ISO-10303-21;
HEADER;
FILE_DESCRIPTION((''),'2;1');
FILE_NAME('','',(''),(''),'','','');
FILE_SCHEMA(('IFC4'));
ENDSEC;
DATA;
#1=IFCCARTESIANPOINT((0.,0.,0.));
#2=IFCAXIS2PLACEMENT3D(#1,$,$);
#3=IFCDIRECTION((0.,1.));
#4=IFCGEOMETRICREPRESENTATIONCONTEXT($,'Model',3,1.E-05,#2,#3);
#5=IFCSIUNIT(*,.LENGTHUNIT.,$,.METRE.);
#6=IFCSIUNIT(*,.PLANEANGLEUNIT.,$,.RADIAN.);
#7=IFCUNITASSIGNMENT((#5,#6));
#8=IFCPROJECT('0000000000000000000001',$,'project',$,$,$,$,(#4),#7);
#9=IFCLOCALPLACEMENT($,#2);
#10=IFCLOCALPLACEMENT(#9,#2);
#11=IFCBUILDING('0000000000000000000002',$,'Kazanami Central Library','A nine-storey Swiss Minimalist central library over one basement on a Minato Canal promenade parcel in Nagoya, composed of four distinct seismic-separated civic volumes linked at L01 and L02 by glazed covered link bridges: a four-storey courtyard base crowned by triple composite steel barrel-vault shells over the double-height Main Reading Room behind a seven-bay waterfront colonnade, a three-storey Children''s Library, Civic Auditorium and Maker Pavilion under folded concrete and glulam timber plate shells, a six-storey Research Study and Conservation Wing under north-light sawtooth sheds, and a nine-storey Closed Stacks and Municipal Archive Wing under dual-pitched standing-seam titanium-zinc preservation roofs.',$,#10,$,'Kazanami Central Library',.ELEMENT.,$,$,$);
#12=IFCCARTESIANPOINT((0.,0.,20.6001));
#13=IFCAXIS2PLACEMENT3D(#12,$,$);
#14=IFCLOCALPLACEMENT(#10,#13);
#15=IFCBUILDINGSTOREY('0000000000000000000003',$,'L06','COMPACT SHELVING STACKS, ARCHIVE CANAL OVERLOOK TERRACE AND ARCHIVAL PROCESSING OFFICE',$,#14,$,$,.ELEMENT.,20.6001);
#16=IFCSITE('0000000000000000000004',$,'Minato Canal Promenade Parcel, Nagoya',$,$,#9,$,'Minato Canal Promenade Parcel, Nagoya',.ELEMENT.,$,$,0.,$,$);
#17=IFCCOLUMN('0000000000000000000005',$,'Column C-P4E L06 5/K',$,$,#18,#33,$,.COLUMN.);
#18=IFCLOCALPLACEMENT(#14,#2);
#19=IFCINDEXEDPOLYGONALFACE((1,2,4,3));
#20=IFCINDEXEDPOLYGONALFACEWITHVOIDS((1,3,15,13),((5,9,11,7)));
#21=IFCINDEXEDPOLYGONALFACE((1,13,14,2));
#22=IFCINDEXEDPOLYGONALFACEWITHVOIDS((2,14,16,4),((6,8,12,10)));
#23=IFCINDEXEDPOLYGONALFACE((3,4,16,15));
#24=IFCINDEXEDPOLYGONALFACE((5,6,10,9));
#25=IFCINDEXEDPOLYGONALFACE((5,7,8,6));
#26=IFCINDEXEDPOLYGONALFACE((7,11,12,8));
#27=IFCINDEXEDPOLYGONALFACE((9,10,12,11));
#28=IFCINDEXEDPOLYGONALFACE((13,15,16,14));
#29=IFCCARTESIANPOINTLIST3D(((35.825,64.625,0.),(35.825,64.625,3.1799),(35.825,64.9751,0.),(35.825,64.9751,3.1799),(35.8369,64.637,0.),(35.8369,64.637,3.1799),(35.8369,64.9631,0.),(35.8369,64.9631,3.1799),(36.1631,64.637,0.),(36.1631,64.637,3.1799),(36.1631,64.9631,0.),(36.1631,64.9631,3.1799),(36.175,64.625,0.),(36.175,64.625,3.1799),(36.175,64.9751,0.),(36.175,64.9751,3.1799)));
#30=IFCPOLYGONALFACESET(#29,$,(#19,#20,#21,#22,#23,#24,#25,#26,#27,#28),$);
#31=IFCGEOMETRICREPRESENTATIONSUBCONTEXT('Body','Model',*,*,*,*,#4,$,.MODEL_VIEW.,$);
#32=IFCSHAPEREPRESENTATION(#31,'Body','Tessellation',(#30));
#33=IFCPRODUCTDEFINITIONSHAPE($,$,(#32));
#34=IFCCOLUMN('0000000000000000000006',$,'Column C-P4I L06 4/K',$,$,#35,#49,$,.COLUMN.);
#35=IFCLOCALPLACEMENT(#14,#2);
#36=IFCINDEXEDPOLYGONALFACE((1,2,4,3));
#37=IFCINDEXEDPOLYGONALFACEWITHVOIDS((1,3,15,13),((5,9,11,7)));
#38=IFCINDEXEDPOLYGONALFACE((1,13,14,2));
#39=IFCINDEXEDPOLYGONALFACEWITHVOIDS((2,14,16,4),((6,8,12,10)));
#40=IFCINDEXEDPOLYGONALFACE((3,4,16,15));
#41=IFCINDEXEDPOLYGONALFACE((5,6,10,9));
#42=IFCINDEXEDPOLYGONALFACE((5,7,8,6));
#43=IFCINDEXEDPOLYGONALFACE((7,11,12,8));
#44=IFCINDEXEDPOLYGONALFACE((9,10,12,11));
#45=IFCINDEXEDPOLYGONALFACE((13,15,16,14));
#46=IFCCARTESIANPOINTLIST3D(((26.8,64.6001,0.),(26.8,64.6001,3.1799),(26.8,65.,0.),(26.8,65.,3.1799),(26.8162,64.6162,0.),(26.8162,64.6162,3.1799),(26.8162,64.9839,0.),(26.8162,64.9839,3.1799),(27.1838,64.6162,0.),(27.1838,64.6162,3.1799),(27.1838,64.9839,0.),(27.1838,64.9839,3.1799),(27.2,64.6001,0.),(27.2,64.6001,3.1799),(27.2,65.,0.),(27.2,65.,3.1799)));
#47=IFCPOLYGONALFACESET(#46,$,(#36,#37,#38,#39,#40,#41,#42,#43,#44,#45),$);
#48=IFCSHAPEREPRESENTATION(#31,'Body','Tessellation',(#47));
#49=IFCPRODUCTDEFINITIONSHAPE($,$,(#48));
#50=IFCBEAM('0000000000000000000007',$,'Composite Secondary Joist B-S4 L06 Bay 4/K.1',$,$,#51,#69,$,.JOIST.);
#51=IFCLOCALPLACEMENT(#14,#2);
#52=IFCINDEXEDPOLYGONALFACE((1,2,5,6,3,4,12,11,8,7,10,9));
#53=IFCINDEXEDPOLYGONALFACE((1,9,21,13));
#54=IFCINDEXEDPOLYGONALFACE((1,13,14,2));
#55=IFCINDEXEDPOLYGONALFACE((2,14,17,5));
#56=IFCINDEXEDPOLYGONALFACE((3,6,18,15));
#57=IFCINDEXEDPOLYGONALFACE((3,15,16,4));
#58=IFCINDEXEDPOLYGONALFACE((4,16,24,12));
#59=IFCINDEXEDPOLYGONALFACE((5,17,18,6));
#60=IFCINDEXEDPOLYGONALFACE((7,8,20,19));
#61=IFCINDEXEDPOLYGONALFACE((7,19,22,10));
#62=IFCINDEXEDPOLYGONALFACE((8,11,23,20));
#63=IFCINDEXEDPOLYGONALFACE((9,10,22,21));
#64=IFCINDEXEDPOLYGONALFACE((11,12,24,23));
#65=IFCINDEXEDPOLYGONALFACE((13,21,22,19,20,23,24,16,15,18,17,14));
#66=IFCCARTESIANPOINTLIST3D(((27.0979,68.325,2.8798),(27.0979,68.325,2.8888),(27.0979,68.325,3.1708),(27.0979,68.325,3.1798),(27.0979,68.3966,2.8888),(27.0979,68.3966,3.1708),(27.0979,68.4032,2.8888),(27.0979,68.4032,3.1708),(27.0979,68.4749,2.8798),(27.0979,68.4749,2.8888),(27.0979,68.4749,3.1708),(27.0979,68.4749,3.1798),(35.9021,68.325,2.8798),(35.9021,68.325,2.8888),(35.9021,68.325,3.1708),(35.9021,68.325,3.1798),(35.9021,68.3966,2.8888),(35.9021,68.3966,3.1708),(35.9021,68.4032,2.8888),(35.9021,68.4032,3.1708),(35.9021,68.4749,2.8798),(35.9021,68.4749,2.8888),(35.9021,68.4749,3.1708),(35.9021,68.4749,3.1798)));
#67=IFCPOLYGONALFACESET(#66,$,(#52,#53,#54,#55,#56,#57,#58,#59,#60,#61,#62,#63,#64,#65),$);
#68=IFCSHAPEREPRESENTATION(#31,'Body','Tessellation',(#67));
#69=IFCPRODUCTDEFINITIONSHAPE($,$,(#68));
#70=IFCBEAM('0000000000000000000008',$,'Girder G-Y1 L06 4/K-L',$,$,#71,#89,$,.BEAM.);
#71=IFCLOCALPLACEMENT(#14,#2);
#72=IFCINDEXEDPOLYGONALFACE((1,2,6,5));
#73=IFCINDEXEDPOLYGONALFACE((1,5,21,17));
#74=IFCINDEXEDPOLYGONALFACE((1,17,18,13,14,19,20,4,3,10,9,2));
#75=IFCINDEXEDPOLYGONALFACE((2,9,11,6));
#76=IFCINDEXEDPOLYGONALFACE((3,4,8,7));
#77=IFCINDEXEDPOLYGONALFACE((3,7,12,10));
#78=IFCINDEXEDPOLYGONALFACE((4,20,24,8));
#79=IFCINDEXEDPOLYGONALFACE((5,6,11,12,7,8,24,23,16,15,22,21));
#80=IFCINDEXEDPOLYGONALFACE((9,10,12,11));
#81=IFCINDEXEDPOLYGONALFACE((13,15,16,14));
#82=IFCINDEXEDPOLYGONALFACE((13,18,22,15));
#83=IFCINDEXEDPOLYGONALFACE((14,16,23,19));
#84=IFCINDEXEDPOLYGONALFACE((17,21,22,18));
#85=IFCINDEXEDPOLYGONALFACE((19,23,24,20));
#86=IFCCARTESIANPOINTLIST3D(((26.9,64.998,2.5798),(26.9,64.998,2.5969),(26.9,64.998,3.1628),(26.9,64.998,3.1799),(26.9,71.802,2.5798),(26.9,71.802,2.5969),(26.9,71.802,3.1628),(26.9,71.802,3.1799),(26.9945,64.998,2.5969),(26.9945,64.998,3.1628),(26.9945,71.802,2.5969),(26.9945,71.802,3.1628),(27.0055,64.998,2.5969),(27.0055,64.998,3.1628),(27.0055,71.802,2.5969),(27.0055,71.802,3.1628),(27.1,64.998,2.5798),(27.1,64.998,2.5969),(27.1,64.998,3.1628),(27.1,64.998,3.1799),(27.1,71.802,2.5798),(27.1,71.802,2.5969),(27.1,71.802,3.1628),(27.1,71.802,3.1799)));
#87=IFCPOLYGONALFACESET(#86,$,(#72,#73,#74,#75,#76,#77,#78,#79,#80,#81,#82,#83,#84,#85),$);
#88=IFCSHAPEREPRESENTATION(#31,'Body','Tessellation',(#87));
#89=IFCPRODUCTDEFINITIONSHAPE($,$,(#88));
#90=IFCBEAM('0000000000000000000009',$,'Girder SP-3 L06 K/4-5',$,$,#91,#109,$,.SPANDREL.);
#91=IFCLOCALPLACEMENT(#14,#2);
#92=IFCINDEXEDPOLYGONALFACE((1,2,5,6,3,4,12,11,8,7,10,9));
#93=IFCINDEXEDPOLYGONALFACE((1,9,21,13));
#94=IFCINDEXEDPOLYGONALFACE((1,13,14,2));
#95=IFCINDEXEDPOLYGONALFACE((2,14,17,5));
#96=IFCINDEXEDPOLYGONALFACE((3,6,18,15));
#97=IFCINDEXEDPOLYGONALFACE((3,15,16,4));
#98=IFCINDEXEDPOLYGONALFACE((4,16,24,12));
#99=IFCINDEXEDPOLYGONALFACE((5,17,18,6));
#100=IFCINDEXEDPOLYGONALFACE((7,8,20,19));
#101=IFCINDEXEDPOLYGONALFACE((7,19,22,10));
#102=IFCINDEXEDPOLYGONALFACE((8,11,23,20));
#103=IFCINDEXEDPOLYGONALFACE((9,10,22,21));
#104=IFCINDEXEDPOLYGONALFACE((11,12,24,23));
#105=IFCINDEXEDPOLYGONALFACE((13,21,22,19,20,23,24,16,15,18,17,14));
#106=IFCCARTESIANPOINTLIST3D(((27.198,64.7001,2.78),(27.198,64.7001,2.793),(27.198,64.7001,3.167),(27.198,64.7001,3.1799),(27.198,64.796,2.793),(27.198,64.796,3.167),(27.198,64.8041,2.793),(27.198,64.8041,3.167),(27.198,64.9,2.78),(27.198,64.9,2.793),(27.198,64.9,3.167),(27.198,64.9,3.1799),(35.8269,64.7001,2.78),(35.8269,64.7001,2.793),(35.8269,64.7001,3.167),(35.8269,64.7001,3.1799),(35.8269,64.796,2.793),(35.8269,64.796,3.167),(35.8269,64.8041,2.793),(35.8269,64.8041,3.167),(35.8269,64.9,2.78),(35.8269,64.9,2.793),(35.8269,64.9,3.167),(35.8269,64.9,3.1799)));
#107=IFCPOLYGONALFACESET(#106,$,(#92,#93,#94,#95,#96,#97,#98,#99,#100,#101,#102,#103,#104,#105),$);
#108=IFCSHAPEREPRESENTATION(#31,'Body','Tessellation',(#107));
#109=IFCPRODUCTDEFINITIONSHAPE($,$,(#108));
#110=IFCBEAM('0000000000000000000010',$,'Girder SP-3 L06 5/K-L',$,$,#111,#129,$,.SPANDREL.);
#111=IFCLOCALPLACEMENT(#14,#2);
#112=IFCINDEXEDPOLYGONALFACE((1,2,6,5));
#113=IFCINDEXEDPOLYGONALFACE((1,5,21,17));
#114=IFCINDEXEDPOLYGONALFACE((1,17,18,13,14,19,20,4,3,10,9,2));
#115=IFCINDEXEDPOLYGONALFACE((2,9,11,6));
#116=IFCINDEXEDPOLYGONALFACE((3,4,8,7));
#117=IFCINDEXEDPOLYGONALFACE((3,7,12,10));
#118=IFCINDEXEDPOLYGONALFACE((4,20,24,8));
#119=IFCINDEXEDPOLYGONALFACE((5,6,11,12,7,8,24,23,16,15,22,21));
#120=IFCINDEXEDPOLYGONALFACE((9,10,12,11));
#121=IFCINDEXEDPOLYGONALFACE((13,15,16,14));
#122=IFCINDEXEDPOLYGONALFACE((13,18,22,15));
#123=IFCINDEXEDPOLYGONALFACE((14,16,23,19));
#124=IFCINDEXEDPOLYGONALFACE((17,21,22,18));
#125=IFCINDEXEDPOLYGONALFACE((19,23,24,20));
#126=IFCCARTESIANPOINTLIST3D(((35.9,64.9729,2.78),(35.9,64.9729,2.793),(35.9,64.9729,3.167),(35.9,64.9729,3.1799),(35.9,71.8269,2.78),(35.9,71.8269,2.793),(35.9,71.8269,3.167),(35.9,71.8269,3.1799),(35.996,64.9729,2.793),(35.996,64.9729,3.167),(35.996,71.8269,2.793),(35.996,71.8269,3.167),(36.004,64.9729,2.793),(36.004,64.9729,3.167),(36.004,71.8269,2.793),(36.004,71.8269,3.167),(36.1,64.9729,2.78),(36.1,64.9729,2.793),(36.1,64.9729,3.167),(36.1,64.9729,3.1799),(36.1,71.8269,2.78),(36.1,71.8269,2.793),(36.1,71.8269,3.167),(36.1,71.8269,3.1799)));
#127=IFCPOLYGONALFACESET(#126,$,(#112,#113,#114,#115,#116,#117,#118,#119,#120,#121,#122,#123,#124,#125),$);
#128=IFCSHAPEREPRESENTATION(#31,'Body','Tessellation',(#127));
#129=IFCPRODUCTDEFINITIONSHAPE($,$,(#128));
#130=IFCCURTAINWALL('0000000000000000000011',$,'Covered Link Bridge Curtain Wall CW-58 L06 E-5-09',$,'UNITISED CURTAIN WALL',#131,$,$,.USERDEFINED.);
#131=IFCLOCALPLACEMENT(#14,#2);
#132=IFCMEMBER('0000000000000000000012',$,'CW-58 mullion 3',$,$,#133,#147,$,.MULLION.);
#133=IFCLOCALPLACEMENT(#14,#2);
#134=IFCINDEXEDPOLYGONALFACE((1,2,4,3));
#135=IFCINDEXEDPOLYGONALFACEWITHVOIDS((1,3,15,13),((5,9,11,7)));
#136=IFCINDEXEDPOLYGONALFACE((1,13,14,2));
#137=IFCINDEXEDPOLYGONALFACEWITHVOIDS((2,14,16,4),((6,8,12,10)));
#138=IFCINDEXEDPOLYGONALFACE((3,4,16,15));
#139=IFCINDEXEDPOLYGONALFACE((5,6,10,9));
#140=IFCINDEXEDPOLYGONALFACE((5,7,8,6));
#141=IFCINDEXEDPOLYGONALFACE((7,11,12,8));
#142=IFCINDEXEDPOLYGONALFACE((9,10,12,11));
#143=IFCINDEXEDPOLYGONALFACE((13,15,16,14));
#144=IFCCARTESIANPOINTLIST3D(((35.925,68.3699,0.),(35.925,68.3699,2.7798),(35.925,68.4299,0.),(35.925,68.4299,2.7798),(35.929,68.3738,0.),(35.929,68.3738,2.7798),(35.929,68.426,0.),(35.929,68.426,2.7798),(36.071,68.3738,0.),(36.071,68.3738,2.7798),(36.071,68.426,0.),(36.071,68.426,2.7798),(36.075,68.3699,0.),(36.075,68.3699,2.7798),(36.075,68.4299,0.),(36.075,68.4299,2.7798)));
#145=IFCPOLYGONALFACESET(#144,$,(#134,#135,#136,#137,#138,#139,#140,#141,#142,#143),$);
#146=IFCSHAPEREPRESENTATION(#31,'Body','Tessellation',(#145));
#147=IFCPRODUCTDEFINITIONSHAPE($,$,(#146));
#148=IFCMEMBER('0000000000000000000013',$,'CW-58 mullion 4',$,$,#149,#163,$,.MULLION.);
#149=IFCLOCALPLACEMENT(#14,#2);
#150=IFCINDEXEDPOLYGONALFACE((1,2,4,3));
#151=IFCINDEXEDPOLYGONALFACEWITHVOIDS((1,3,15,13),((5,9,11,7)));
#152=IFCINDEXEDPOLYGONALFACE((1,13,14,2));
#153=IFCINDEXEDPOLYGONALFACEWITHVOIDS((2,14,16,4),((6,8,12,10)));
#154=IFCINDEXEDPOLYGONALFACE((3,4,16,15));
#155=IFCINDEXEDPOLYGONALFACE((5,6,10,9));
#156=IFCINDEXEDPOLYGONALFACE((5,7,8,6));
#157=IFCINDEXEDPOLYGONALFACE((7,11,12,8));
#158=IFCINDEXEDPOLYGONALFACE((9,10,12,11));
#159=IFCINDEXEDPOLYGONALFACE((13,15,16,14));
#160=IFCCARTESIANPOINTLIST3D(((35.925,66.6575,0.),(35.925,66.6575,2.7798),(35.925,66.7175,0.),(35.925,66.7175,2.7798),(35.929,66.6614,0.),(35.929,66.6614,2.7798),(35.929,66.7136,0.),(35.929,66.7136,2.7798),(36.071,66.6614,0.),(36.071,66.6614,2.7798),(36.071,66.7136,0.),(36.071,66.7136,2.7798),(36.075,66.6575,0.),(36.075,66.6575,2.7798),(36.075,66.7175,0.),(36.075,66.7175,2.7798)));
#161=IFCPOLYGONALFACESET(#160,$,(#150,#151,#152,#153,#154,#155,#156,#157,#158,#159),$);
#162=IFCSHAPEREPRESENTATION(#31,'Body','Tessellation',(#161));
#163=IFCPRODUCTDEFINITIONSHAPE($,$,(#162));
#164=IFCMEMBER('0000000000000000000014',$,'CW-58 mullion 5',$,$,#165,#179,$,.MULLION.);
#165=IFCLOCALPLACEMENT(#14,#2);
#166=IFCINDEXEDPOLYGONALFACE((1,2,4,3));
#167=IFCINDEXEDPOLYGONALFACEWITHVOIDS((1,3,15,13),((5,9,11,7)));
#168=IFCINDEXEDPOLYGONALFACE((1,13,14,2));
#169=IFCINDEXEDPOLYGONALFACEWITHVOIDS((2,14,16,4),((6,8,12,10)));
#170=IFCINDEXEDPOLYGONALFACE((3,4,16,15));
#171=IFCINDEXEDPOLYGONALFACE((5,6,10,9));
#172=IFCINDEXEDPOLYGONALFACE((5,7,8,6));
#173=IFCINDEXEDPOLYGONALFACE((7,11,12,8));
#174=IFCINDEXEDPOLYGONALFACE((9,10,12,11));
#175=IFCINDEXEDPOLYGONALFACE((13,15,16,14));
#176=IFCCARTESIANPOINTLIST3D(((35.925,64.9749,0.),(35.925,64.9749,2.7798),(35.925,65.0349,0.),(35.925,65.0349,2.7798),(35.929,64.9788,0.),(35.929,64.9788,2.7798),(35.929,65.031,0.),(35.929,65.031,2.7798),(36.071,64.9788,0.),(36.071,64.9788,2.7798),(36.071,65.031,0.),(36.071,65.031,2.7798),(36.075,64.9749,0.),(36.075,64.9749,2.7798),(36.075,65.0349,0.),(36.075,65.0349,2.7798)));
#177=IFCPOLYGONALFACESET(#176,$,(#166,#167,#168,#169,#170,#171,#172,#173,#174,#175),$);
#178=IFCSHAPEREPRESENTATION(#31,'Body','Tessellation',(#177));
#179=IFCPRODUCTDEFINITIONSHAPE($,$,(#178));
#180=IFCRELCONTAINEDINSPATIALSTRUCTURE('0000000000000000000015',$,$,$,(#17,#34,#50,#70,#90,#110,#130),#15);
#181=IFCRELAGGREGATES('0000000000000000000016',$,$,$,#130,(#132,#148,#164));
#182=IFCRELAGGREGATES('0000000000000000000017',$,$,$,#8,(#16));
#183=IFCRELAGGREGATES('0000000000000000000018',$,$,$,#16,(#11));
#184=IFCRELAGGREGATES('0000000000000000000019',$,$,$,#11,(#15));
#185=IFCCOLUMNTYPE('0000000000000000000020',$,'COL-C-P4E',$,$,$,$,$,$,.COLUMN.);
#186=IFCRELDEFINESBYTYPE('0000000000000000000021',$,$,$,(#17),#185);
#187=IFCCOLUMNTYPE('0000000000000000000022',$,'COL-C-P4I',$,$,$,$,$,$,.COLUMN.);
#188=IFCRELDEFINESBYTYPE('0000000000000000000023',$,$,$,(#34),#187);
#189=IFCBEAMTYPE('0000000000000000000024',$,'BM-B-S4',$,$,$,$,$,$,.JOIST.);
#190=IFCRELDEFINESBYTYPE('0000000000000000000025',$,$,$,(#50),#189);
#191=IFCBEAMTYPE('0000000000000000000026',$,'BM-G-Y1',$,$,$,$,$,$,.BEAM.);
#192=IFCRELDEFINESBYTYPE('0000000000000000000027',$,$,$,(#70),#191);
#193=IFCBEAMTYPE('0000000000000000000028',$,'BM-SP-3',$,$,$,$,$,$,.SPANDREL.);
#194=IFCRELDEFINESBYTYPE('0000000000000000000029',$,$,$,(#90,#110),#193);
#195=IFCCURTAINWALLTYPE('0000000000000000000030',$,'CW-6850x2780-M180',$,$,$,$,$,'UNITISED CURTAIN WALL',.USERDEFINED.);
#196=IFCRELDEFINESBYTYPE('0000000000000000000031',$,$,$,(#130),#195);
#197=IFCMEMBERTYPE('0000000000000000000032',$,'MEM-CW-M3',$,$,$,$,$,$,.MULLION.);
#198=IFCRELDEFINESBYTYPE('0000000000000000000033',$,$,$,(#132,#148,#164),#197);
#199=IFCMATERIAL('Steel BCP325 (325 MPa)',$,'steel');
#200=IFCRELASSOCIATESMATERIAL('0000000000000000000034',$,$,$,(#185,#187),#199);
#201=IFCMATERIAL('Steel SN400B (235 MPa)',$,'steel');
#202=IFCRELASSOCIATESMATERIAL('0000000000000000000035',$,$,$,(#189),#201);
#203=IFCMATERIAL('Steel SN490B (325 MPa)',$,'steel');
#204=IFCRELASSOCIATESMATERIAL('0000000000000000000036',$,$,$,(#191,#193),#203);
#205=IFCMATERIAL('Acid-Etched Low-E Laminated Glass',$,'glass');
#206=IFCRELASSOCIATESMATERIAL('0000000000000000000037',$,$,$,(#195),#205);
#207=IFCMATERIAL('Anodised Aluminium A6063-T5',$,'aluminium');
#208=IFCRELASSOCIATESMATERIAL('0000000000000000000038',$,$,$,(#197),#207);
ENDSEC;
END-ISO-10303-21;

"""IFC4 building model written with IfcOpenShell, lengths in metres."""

from ifc_helpers import new_model, si_unit, direction, frame, origin, origin_2d, place, context, subcontext, project, spatial, hollow_rectangle, i_section, extrude, material, material_profile, profile_set, type_object, element, aggregate, save


model = new_model("IFC4")

# Units and contexts
model_context = context("Model", 3, precision=1e-05, world=origin(), true_north=direction((0.0, 1.0)))
body_context = subcontext(model_context, "Body", "Model", "MODEL_VIEW")
ifc_project = project(units=[si_unit("LENGTHUNIT", "METRE"), si_unit("PLANEANGLEUNIT", "RADIAN")], contexts=[model_context])

# Site, building, storey
site_placement = place(None, origin())
site = spatial("IfcSite", under=ifc_project, at=site_placement, Name="Minato Canal Promenade Parcel, Nagoya", LongName="Minato Canal Promenade Parcel, Nagoya", CompositionType="ELEMENT", RefElevation=0.0)
building_placement = place(site_placement, origin())
building = spatial("IfcBuilding", under=site, at=building_placement, Name="Kazanami Central Library", Description="A nine-storey Swiss Minimalist central library over one basement on a Minato Canal promenade parcel in Nagoya, composed of four distinct seismic-separated civic volumes linked at L01 and L02 by glazed covered link bridges: a four-storey courtyard base crowned by triple composite steel barrel-vault shells over the double-height Main Reading Room behind a seven-bay waterfront colonnade, a three-storey Children's Library, Civic Auditorium and Maker Pavilion under folded concrete and glulam timber plate shells, a six-storey Research Study and Conservation Wing under north-light sawtooth sheds, and a nine-storey Closed Stacks and Municipal Archive Wing under dual-pitched standing-seam titanium-zinc preservation roofs.", LongName="Kazanami Central Library", CompositionType="ELEMENT")
storey_placement = place(building_placement, frame((0.0, 0.0, 20.6001)))
storey = spatial("IfcBuildingStorey", under=building, at=storey_placement, Name="L06", Description="COMPACT SHELVING STACKS, ARCHIVE CANAL OVERLOOK TERRACE AND ARCHIVAL PROCESSING OFFICE", CompositionType="ELEMENT", Elevation=20.6001)

# Columns
ifc_material_1 = material(Name="Steel BCP325 (325 MPa)", Category="steel")
ifc_material_profile_1 = material_profile(ifc_material_1, hollow_rectangle(XDim=0.3501, YDim=0.3501, WallThickness=0.012, at=origin_2d()), Name="STKR-350x350x12")
ifc_profile_set_1 = profile_set([ifc_material_profile_1], Name="Steel BCP325 (325 MPa)")
column_type_1 = type_object("IfcColumnType", Name="COL-C-P4E", PredefinedType="COLUMN", material=ifc_profile_set_1)
column_1_placement = place(storey_placement, frame((36.0, 64.8, 0.0), z_axis=(0.0, 0.0, 1.0), x_axis=(1.0, 0.0, 0.0)))
element("IfcColumn", 1, at=column_1_placement, inside=storey, type_object=column_type_1, Name="Column C-P4E L06 5/K", PredefinedType="COLUMN", context=body_context, shape_type="SweptSolid", body=[
    extrude(hollow_rectangle(XDim=0.3501, YDim=0.3501, WallThickness=0.012, at=origin_2d()), origin(), (0.0, 0.0, 1.0), 3.1799),
])
ifc_material_profile_2 = material_profile(ifc_material_1, hollow_rectangle(XDim=0.3999, YDim=0.3999, WallThickness=0.0161, at=origin_2d()), Name="BCP-400x400x16")
ifc_profile_set_2 = profile_set([ifc_material_profile_2], Name="Steel BCP325 (325 MPa)")
column_type_2 = type_object("IfcColumnType", Name="COL-C-P4I", PredefinedType="COLUMN", material=ifc_profile_set_2)
column_2_placement = place(storey_placement, frame((27.0, 64.8, 0.0), z_axis=(0.0, 0.0, 1.0), x_axis=(1.0, 0.0, 0.0)))
element("IfcColumn", 2, at=column_2_placement, inside=storey, type_object=column_type_2, Name="Column C-P4I L06 4/K", PredefinedType="COLUMN", context=body_context, shape_type="SweptSolid", body=[
    extrude(hollow_rectangle(XDim=0.3999, YDim=0.3999, WallThickness=0.0161, at=origin_2d()), origin(), (0.0, 0.0, 1.0), 3.1799),
])

# Beams
ifc_material_2 = material(Name="Steel SN400B (235 MPa)", Category="steel")
ifc_material_profile_3 = material_profile(ifc_material_2, i_section(OverallWidth=0.1499, OverallDepth=0.3, WebThickness=0.0066, FlangeThickness=0.009, at=origin_2d()), Name="H-300x150x6.5x9")
ifc_profile_set_3 = profile_set([ifc_material_profile_3], Name="Steel SN400B (235 MPa)")
beam_type_1 = type_object("IfcBeamType", Name="BM-B-S4", PredefinedType="JOIST", material=ifc_profile_set_3)
beam_1_placement = place(storey_placement, frame((27.0979, 68.3999, 3.0298), z_axis=(1.0, 0.0, 0.0), x_axis=(0.0, 1.0, 0.0)))
element("IfcBeam", 3, at=beam_1_placement, inside=storey, type_object=beam_type_1, Name="Composite Secondary Joist B-S4 L06 Bay 4/K.1", PredefinedType="JOIST", context=body_context, shape_type="SweptSolid", body=[
    extrude(i_section(OverallWidth=0.1499, OverallDepth=0.3, WebThickness=0.0066, FlangeThickness=0.009, at=origin_2d()), origin(), (0.0, 0.0, 1.0), 8.8042),
])
ifc_material_3 = material(Name="Steel SN490B (325 MPa)", Category="steel")
ifc_material_profile_4 = material_profile(ifc_material_3, i_section(OverallWidth=0.2, OverallDepth=0.6001, WebThickness=0.011, FlangeThickness=0.0171, at=origin_2d()), Name="H-600x200x11x17")
ifc_profile_set_4 = profile_set([ifc_material_profile_4], Name="Steel SN490B (325 MPa)")
beam_type_2 = type_object("IfcBeamType", Name="BM-G-Y1", PredefinedType="BEAM", material=ifc_profile_set_4)
beam_2_placement = place(storey_placement, frame((27.0, 64.998, 2.8799), z_axis=(0.0, 1.0, 0.0), x_axis=(-1.0, 0.0, 0.0)))
element("IfcBeam", 4, at=beam_2_placement, inside=storey, type_object=beam_type_2, Name="Girder G-Y1 L06 4/K-L", PredefinedType="BEAM", context=body_context, shape_type="SweptSolid", body=[
    extrude(i_section(OverallWidth=0.2, OverallDepth=0.6001, WebThickness=0.011, FlangeThickness=0.0171, at=origin_2d()), origin(), (0.0, 0.0, 1.0), 6.804),
])
ifc_material_profile_5 = material_profile(ifc_material_3, i_section(OverallWidth=0.2, OverallDepth=0.3999, WebThickness=0.0081, FlangeThickness=0.0129, at=origin_2d()), Name="H-400x200x8x13")
ifc_profile_set_5 = profile_set([ifc_material_profile_5], Name="Steel SN490B (325 MPa)")
beam_type_3 = type_object("IfcBeamType", Name="BM-SP-3", PredefinedType="SPANDREL", material=ifc_profile_set_5)
beam_3_placement = place(storey_placement, frame((27.198, 64.8, 2.98), z_axis=(1.0, 0.0, 0.0), x_axis=(0.0, 1.0, 0.0)))
element("IfcBeam", 5, at=beam_3_placement, inside=storey, type_object=beam_type_3, Name="Girder SP-3 L06 K/4-5", PredefinedType="SPANDREL", context=body_context, shape_type="SweptSolid", body=[
    extrude(i_section(OverallWidth=0.2, OverallDepth=0.3999, WebThickness=0.0081, FlangeThickness=0.0129, at=origin_2d()), origin(), (0.0, 0.0, 1.0), 8.6289),
])
beam_4_placement = place(storey_placement, frame((36.0, 64.9729, 2.98), z_axis=(0.0, 1.0, 0.0), x_axis=(-1.0, 0.0, 0.0)))
element("IfcBeam", 6, at=beam_4_placement, inside=storey, type_object=beam_type_3, Name="Girder SP-3 L06 5/K-L", PredefinedType="SPANDREL", context=body_context, shape_type="SweptSolid", body=[
    extrude(i_section(OverallWidth=0.2, OverallDepth=0.3999, WebThickness=0.0081, FlangeThickness=0.0129, at=origin_2d()), origin(), (0.0, 0.0, 1.0), 6.854),
])

# Curtain wall, members
ifc_material_4 = material(Name="Acid-Etched Low-E Laminated Glass", Category="glass")
curtain_wall_type = type_object("IfcCurtainWallType", Name="CW-6850x2780-M180", ElementType="UNITISED CURTAIN WALL", PredefinedType="USERDEFINED", material=ifc_material_4)
curtain_wall_placement = place(storey_placement, origin())
curtain_wall = element("IfcCurtainWall", 7, at=curtain_wall_placement, inside=storey, type_object=curtain_wall_type, Name="Covered Link Bridge Curtain Wall CW-58 L06 E-5-09", ObjectType="UNITISED CURTAIN WALL", PredefinedType="USERDEFINED")
ifc_material_5 = material(Name="Anodised Aluminium A6063-T5", Category="aluminium")
ifc_material_profile_6 = material_profile(ifc_material_5, hollow_rectangle(XDim=0.0601, YDim=0.1499, WallThickness=0.0039, at=origin_2d()), Name="ALU-MULL-60x150x4")
ifc_profile_set_6 = profile_set([ifc_material_profile_6], Name="Anodised Aluminium A6063-T5")
member_type_1 = type_object("IfcMemberType", Name="MEM-CW-M3", PredefinedType="MULLION", material=ifc_profile_set_6)
member_1_placement = place(storey_placement, frame((36.0, 68.3999, 0.0), z_axis=(0.0, 0.0, 1.0), x_axis=(0.0, -1.0, 0.0)))
member_1 = element("IfcMember", 8, at=member_1_placement, type_object=member_type_1, Name="CW-58 mullion 3", PredefinedType="MULLION", context=body_context, shape_type="SweptSolid", body=[
    extrude(hollow_rectangle(XDim=0.0601, YDim=0.1499, WallThickness=0.0039, at=origin_2d()), origin(), (0.0, 0.0, 1.0), 2.7798),
])
member_2_placement = place(storey_placement, frame((36.0, 66.6875, 0.0), z_axis=(0.0, 0.0, 1.0), x_axis=(0.0, -1.0, 0.0)))
member_2 = element("IfcMember", 9, at=member_2_placement, type_object=member_type_1, Name="CW-58 mullion 4", PredefinedType="MULLION", context=body_context, shape_type="SweptSolid", body=[
    extrude(hollow_rectangle(XDim=0.0601, YDim=0.1499, WallThickness=0.0039, at=origin_2d()), origin(), (0.0, 0.0, 1.0), 2.7798),
])
member_3_placement = place(storey_placement, frame((36.0, 65.0049, 0.0), z_axis=(0.0, 0.0, 1.0), x_axis=(0.0, -1.0, 0.0)))
member_3 = element("IfcMember", 10, at=member_3_placement, type_object=member_type_1, Name="CW-58 mullion 5", PredefinedType="MULLION", context=body_context, shape_type="SweptSolid", body=[
    extrude(hollow_rectangle(XDim=0.0601, YDim=0.1499, WallThickness=0.0039, at=origin_2d()), origin(), (0.0, 0.0, 1.0), 2.7798),
])
aggregate(curtain_wall, [member_1, member_2, member_3])

save(model, "model.ifc")
